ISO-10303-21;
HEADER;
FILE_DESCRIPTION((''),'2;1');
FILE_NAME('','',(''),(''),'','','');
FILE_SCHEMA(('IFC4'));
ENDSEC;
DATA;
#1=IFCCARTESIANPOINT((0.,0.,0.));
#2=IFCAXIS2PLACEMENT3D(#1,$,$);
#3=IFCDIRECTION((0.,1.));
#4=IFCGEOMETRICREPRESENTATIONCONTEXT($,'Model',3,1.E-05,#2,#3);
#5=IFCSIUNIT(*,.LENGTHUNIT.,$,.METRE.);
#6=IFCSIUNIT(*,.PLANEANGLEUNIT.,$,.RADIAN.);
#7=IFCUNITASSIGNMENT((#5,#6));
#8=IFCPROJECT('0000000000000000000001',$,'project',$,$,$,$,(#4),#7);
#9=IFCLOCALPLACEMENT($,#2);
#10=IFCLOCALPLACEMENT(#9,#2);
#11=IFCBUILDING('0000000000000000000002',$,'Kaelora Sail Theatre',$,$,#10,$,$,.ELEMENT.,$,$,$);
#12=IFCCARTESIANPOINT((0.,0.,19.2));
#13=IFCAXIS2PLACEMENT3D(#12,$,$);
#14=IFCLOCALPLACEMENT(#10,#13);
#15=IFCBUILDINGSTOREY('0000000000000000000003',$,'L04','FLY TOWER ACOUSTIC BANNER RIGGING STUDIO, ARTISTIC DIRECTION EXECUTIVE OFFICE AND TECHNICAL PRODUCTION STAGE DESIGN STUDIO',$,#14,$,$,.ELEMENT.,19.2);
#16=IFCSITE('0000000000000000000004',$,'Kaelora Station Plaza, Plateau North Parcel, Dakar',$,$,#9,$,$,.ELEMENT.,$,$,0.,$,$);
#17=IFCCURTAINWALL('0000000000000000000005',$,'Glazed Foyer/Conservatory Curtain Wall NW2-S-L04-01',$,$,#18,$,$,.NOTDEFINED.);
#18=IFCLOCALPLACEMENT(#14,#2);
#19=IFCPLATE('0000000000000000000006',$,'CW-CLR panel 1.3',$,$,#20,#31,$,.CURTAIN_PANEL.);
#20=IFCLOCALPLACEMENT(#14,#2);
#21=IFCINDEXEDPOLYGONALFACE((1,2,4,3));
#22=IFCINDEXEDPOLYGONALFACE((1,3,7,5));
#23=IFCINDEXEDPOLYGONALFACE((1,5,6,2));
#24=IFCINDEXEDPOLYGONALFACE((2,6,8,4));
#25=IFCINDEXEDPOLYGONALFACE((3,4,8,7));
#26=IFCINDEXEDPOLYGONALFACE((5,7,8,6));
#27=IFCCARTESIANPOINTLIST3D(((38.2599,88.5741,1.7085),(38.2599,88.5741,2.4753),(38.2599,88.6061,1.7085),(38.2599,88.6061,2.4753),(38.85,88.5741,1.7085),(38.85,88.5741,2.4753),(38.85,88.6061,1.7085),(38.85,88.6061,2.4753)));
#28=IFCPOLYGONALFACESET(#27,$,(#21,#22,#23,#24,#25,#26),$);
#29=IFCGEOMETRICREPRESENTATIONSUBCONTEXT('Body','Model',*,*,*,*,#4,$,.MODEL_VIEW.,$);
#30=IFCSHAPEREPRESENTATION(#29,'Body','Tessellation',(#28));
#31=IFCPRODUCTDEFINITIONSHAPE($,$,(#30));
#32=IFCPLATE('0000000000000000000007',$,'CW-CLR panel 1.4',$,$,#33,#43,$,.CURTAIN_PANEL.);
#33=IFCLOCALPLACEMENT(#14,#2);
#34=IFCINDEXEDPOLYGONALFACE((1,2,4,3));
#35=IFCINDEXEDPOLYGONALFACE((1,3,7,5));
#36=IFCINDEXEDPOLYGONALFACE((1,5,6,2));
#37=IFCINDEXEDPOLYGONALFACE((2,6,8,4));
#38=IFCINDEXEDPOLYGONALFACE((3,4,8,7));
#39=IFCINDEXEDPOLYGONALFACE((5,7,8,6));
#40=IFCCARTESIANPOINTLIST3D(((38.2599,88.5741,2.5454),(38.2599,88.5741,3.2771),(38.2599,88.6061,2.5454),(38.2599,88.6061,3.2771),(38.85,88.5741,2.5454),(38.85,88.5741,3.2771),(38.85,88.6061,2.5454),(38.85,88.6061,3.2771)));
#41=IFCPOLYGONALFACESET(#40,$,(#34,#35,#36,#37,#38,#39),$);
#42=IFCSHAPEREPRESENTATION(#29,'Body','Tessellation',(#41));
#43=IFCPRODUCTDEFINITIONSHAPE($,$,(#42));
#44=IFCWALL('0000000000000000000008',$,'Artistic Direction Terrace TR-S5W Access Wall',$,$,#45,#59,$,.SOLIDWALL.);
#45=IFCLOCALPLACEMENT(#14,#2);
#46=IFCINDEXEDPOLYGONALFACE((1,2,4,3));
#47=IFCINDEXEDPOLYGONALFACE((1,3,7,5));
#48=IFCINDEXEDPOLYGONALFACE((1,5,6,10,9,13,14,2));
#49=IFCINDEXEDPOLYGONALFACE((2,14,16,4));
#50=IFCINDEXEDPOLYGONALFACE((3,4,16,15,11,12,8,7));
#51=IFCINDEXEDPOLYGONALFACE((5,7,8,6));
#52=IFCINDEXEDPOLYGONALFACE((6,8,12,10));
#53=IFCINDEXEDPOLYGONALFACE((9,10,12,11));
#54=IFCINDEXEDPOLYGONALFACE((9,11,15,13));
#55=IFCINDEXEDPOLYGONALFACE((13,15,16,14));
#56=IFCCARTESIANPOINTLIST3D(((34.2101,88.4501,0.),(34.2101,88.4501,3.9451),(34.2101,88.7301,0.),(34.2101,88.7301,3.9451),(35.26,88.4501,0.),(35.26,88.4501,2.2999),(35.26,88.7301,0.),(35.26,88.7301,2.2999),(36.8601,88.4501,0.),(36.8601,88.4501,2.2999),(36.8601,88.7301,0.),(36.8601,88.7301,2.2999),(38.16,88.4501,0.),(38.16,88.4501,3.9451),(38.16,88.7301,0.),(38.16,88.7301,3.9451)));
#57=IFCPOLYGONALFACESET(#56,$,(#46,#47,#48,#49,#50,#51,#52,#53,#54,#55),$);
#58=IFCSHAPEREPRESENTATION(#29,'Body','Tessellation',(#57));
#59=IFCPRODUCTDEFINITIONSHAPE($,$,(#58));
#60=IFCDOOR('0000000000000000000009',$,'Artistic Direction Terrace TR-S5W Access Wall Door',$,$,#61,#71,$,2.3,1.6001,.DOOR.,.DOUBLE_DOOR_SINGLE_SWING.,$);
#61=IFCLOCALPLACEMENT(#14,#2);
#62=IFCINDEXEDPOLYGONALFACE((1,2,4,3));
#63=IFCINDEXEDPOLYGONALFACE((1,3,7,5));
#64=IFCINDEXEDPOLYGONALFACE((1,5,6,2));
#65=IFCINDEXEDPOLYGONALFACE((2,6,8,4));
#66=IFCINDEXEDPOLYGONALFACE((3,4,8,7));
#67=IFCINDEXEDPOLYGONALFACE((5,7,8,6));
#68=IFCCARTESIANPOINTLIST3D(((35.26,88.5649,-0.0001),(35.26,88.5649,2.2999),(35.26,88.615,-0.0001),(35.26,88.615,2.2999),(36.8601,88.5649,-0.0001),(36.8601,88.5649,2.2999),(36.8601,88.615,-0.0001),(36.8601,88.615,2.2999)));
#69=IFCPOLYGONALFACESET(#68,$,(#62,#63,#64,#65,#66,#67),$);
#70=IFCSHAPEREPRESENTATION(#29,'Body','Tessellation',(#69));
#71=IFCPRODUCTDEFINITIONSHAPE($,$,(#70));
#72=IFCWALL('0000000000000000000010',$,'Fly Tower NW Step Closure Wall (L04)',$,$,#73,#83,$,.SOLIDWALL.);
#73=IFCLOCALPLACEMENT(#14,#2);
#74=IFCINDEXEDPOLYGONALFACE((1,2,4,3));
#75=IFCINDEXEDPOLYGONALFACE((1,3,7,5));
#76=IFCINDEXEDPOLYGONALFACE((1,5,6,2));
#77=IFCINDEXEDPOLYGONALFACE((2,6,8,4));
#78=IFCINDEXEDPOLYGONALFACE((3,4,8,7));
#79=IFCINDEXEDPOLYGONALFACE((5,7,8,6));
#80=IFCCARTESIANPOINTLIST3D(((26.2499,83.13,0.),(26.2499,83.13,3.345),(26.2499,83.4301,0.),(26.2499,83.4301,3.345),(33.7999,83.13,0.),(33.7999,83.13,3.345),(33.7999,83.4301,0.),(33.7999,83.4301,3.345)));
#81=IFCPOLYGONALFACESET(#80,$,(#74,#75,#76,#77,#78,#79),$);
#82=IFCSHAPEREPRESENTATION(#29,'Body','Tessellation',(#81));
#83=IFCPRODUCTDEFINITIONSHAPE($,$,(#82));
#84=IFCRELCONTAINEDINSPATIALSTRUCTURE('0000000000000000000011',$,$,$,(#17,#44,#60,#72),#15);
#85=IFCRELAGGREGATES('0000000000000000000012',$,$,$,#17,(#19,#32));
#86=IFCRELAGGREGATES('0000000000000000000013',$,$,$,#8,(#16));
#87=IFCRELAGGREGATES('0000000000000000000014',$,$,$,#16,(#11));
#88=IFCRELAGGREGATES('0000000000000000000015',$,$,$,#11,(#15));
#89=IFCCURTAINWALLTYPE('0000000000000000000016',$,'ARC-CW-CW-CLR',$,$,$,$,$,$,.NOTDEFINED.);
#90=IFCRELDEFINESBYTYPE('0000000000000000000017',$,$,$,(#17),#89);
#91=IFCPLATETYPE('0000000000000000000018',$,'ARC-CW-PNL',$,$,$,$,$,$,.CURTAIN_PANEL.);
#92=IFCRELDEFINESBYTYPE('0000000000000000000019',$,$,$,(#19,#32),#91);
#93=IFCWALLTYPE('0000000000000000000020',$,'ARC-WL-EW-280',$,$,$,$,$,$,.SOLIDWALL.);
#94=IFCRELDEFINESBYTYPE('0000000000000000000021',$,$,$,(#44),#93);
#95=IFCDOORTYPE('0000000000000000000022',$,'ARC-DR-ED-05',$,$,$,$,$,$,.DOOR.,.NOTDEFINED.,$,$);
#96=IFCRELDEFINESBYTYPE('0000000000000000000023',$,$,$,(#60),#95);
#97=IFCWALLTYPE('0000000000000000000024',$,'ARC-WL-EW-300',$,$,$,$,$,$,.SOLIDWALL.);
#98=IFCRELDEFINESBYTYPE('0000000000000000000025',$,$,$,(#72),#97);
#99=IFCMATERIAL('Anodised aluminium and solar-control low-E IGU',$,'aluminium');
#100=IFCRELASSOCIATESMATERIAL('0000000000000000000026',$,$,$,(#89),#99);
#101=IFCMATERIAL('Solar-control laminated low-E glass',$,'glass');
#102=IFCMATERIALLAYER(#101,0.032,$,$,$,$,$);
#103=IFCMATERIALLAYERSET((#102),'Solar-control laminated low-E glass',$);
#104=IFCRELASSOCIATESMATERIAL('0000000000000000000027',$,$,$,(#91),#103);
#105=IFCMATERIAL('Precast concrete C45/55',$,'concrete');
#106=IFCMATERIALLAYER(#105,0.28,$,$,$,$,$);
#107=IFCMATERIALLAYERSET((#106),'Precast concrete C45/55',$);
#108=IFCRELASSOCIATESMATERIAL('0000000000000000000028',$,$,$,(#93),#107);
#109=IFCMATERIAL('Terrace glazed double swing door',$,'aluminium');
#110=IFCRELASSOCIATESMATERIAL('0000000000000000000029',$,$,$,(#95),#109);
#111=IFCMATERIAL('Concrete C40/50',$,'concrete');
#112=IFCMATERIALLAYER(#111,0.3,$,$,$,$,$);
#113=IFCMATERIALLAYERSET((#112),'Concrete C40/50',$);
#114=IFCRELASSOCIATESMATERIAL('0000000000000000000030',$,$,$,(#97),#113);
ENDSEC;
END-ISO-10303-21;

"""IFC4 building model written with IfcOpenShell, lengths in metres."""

from ifc_helpers import new_model, si_unit, direction, frame, frame_2d, origin, origin_2d, place, context, subcontext, project, spatial, rectangle, extrude, material, layer, layer_set, type_object, element, fill, aggregate, save


model = new_model("IFC4")

# Units and contexts
model_context = context("Model", 3, precision=1e-05, world=origin(), true_north=direction((0.0, 1.0)))
body_context = subcontext(model_context, "Body", "Model", "MODEL_VIEW")
ifc_project = project(units=[si_unit("LENGTHUNIT", "METRE"), si_unit("PLANEANGLEUNIT", "RADIAN")], contexts=[model_context])

# Site, building, storey
site_placement = place(None, origin())
site = spatial("IfcSite", under=ifc_project, at=site_placement, Name="Kaelora Station Plaza, Plateau North Parcel, Dakar", CompositionType="ELEMENT", RefElevation=0.0)
building_placement = place(site_placement, origin())
building = spatial("IfcBuilding", under=site, at=building_placement, Name="Kaelora Sail Theatre", CompositionType="ELEMENT")
storey_placement = place(building_placement, frame((0.0, 0.0, 19.2)))
storey = spatial("IfcBuildingStorey", under=building, at=storey_placement, Name="L04", Description="FLY TOWER ACOUSTIC BANNER RIGGING STUDIO, ARTISTIC DIRECTION EXECUTIVE OFFICE AND TECHNICAL PRODUCTION STAGE DESIGN STUDIO", CompositionType="ELEMENT", Elevation=19.2)

# Curtain wall
ifc_material_1 = material(Name="Anodised aluminium and solar-control low-E IGU", Category="aluminium")
curtain_wall_type = type_object("IfcCurtainWallType", Name="ARC-CW-CW-CLR", PredefinedType="NOTDEFINED", material=ifc_material_1)
curtain_wall_placement = place(storey_placement, origin())
curtain_wall = element("IfcCurtainWall", 1, at=curtain_wall_placement, inside=storey, type_object=curtain_wall_type, Name="Glazed Foyer/Conservatory Curtain Wall NW2-S-L04-01", PredefinedType="NOTDEFINED")

# Plates
ifc_material_2 = material(Name="Solar-control laminated low-E glass", Category="glass")
ifc_layer_1 = layer(ifc_material_2, 0.032)
ifc_layer_set_1 = layer_set([ifc_layer_1], Name="Solar-control laminated low-E glass")
plate_type = type_object("IfcPlateType", Name="ARC-CW-PNL", PredefinedType="CURTAIN_PANEL", material=ifc_layer_set_1)
plate_1_placement = place(storey_placement, frame((38.5549, 88.5901, 1.7085), z_axis=(0.0, 0.0, 1.0), x_axis=(1.0, 0.0, 0.0)))
plate_1 = element("IfcPlate", 2, at=plate_1_placement, type_object=plate_type, Name="CW-CLR panel 1.3", PredefinedType="CURTAIN_PANEL", context=body_context, shape_type="SweptSolid", body=[
    extrude(rectangle(XDim=0.5901, YDim=0.032, at=origin_2d()), origin(), (0.0, 0.0, 1.0), 0.7668),
])
plate_2_placement = place(storey_placement, frame((38.5549, 88.5901, 2.5454), z_axis=(0.0, 0.0, 1.0), x_axis=(1.0, 0.0, 0.0)))
plate_2 = element("IfcPlate", 3, at=plate_2_placement, type_object=plate_type, Name="CW-CLR panel 1.4", PredefinedType="CURTAIN_PANEL", context=body_context, shape_type="SweptSolid", body=[
    extrude(rectangle(XDim=0.5901, YDim=0.032, at=origin_2d()), origin(), (0.0, 0.0, 1.0), 0.7317),
])
aggregate(curtain_wall, [plate_1, plate_2])

# Wall, opening, door
ifc_material_3 = material(Name="Precast concrete C45/55", Category="concrete")
ifc_layer_2 = layer(ifc_material_3, 0.28)
ifc_layer_set_2 = layer_set([ifc_layer_2], Name="Precast concrete C45/55")
wall_type_1 = type_object("IfcWallType", Name="ARC-WL-EW-280", PredefinedType="SOLIDWALL", material=ifc_layer_set_2)
wall_1_placement = place(storey_placement, frame((34.21, 88.5901, 0.0), z_axis=(0.0, 0.0, 1.0), x_axis=(1.0, 0.0, 0.0)))
wall_1 = element("IfcWall", 4, at=wall_1_placement, inside=storey, type_object=wall_type_1, Name="Artistic Direction Terrace TR-S5W Access Wall", PredefinedType="SOLIDWALL", context=body_context, shape_type="SweptSolid", body=[
    extrude(rectangle(XDim=3.95, YDim=0.28, at=frame_2d((1.9751, 0.0))), origin(), (0.0, 0.0, 1.0), 3.9451),
])
opening_1_placement = place(wall_1_placement, frame((1.05, 0.0, 0.0)))
opening_1 = element("IfcOpeningElement", 5, at=opening_1_placement, cuts=wall_1, PredefinedType="OPENING", context=body_context, shape_type="SweptSolid", body=[
    extrude(rectangle(XDim=1.6001, YDim=2.3, at=frame_2d((0.8, 1.1499))), frame((0.0, 0.1501, 0.0), z_axis=(0.0, -1.0, 0.0), x_axis=(1.0, 0.0, 0.0)), (0.0, 0.0, 1.0), 0.3),
])
ifc_material_4 = material(Name="Terrace glazed double swing door", Category="aluminium")
door_type_1 = type_object("IfcDoorType", Name="ARC-DR-ED-05", OperationType="NOTDEFINED", PredefinedType="DOOR", material=ifc_material_4)
door_1_placement = place(opening_1_placement, origin())
door_1 = element("IfcDoor", 6, at=door_1_placement, inside=storey, type_object=door_type_1, Name="Artistic Direction Terrace TR-S5W Access Wall Door", OperationType="DOUBLE_DOOR_SINGLE_SWING", OverallHeight=2.3, OverallWidth=1.6001, PredefinedType="DOOR", context=body_context, shape_type="SweptSolid", body=[
    extrude(rectangle(XDim=1.6001, YDim=2.3, at=frame_2d((0.8, 1.1499))), frame((0.0, 0.0249, 0.0), z_axis=(0.0, -1.0, 0.0), x_axis=(1.0, 0.0, 0.0)), (0.0, 0.0, 1.0), 0.05),
])
fill(opening_1, door_1)

# Wall
ifc_material_5 = material(Name="Concrete C40/50", Category="concrete")
ifc_layer_3 = layer(ifc_material_5, 0.3)
ifc_layer_set_3 = layer_set([ifc_layer_3], Name="Concrete C40/50")
wall_type_2 = type_object("IfcWallType", Name="ARC-WL-EW-300", PredefinedType="SOLIDWALL", material=ifc_layer_set_3)
wall_2_placement = place(storey_placement, frame((26.25, 83.28, 0.0), z_axis=(0.0, 0.0, 1.0), x_axis=(1.0, 0.0, 0.0)))
element("IfcWall", 7, at=wall_2_placement, inside=storey, type_object=wall_type_2, Name="Fly Tower NW Step Closure Wall (L04)", PredefinedType="SOLIDWALL", context=body_context, shape_type="SweptSolid", body=[
    extrude(rectangle(XDim=7.55, YDim=0.3, at=frame_2d((3.7749, 0.0))), origin(), (0.0, 0.0, 1.0), 3.345),
])

save(model, "model.ifc")
